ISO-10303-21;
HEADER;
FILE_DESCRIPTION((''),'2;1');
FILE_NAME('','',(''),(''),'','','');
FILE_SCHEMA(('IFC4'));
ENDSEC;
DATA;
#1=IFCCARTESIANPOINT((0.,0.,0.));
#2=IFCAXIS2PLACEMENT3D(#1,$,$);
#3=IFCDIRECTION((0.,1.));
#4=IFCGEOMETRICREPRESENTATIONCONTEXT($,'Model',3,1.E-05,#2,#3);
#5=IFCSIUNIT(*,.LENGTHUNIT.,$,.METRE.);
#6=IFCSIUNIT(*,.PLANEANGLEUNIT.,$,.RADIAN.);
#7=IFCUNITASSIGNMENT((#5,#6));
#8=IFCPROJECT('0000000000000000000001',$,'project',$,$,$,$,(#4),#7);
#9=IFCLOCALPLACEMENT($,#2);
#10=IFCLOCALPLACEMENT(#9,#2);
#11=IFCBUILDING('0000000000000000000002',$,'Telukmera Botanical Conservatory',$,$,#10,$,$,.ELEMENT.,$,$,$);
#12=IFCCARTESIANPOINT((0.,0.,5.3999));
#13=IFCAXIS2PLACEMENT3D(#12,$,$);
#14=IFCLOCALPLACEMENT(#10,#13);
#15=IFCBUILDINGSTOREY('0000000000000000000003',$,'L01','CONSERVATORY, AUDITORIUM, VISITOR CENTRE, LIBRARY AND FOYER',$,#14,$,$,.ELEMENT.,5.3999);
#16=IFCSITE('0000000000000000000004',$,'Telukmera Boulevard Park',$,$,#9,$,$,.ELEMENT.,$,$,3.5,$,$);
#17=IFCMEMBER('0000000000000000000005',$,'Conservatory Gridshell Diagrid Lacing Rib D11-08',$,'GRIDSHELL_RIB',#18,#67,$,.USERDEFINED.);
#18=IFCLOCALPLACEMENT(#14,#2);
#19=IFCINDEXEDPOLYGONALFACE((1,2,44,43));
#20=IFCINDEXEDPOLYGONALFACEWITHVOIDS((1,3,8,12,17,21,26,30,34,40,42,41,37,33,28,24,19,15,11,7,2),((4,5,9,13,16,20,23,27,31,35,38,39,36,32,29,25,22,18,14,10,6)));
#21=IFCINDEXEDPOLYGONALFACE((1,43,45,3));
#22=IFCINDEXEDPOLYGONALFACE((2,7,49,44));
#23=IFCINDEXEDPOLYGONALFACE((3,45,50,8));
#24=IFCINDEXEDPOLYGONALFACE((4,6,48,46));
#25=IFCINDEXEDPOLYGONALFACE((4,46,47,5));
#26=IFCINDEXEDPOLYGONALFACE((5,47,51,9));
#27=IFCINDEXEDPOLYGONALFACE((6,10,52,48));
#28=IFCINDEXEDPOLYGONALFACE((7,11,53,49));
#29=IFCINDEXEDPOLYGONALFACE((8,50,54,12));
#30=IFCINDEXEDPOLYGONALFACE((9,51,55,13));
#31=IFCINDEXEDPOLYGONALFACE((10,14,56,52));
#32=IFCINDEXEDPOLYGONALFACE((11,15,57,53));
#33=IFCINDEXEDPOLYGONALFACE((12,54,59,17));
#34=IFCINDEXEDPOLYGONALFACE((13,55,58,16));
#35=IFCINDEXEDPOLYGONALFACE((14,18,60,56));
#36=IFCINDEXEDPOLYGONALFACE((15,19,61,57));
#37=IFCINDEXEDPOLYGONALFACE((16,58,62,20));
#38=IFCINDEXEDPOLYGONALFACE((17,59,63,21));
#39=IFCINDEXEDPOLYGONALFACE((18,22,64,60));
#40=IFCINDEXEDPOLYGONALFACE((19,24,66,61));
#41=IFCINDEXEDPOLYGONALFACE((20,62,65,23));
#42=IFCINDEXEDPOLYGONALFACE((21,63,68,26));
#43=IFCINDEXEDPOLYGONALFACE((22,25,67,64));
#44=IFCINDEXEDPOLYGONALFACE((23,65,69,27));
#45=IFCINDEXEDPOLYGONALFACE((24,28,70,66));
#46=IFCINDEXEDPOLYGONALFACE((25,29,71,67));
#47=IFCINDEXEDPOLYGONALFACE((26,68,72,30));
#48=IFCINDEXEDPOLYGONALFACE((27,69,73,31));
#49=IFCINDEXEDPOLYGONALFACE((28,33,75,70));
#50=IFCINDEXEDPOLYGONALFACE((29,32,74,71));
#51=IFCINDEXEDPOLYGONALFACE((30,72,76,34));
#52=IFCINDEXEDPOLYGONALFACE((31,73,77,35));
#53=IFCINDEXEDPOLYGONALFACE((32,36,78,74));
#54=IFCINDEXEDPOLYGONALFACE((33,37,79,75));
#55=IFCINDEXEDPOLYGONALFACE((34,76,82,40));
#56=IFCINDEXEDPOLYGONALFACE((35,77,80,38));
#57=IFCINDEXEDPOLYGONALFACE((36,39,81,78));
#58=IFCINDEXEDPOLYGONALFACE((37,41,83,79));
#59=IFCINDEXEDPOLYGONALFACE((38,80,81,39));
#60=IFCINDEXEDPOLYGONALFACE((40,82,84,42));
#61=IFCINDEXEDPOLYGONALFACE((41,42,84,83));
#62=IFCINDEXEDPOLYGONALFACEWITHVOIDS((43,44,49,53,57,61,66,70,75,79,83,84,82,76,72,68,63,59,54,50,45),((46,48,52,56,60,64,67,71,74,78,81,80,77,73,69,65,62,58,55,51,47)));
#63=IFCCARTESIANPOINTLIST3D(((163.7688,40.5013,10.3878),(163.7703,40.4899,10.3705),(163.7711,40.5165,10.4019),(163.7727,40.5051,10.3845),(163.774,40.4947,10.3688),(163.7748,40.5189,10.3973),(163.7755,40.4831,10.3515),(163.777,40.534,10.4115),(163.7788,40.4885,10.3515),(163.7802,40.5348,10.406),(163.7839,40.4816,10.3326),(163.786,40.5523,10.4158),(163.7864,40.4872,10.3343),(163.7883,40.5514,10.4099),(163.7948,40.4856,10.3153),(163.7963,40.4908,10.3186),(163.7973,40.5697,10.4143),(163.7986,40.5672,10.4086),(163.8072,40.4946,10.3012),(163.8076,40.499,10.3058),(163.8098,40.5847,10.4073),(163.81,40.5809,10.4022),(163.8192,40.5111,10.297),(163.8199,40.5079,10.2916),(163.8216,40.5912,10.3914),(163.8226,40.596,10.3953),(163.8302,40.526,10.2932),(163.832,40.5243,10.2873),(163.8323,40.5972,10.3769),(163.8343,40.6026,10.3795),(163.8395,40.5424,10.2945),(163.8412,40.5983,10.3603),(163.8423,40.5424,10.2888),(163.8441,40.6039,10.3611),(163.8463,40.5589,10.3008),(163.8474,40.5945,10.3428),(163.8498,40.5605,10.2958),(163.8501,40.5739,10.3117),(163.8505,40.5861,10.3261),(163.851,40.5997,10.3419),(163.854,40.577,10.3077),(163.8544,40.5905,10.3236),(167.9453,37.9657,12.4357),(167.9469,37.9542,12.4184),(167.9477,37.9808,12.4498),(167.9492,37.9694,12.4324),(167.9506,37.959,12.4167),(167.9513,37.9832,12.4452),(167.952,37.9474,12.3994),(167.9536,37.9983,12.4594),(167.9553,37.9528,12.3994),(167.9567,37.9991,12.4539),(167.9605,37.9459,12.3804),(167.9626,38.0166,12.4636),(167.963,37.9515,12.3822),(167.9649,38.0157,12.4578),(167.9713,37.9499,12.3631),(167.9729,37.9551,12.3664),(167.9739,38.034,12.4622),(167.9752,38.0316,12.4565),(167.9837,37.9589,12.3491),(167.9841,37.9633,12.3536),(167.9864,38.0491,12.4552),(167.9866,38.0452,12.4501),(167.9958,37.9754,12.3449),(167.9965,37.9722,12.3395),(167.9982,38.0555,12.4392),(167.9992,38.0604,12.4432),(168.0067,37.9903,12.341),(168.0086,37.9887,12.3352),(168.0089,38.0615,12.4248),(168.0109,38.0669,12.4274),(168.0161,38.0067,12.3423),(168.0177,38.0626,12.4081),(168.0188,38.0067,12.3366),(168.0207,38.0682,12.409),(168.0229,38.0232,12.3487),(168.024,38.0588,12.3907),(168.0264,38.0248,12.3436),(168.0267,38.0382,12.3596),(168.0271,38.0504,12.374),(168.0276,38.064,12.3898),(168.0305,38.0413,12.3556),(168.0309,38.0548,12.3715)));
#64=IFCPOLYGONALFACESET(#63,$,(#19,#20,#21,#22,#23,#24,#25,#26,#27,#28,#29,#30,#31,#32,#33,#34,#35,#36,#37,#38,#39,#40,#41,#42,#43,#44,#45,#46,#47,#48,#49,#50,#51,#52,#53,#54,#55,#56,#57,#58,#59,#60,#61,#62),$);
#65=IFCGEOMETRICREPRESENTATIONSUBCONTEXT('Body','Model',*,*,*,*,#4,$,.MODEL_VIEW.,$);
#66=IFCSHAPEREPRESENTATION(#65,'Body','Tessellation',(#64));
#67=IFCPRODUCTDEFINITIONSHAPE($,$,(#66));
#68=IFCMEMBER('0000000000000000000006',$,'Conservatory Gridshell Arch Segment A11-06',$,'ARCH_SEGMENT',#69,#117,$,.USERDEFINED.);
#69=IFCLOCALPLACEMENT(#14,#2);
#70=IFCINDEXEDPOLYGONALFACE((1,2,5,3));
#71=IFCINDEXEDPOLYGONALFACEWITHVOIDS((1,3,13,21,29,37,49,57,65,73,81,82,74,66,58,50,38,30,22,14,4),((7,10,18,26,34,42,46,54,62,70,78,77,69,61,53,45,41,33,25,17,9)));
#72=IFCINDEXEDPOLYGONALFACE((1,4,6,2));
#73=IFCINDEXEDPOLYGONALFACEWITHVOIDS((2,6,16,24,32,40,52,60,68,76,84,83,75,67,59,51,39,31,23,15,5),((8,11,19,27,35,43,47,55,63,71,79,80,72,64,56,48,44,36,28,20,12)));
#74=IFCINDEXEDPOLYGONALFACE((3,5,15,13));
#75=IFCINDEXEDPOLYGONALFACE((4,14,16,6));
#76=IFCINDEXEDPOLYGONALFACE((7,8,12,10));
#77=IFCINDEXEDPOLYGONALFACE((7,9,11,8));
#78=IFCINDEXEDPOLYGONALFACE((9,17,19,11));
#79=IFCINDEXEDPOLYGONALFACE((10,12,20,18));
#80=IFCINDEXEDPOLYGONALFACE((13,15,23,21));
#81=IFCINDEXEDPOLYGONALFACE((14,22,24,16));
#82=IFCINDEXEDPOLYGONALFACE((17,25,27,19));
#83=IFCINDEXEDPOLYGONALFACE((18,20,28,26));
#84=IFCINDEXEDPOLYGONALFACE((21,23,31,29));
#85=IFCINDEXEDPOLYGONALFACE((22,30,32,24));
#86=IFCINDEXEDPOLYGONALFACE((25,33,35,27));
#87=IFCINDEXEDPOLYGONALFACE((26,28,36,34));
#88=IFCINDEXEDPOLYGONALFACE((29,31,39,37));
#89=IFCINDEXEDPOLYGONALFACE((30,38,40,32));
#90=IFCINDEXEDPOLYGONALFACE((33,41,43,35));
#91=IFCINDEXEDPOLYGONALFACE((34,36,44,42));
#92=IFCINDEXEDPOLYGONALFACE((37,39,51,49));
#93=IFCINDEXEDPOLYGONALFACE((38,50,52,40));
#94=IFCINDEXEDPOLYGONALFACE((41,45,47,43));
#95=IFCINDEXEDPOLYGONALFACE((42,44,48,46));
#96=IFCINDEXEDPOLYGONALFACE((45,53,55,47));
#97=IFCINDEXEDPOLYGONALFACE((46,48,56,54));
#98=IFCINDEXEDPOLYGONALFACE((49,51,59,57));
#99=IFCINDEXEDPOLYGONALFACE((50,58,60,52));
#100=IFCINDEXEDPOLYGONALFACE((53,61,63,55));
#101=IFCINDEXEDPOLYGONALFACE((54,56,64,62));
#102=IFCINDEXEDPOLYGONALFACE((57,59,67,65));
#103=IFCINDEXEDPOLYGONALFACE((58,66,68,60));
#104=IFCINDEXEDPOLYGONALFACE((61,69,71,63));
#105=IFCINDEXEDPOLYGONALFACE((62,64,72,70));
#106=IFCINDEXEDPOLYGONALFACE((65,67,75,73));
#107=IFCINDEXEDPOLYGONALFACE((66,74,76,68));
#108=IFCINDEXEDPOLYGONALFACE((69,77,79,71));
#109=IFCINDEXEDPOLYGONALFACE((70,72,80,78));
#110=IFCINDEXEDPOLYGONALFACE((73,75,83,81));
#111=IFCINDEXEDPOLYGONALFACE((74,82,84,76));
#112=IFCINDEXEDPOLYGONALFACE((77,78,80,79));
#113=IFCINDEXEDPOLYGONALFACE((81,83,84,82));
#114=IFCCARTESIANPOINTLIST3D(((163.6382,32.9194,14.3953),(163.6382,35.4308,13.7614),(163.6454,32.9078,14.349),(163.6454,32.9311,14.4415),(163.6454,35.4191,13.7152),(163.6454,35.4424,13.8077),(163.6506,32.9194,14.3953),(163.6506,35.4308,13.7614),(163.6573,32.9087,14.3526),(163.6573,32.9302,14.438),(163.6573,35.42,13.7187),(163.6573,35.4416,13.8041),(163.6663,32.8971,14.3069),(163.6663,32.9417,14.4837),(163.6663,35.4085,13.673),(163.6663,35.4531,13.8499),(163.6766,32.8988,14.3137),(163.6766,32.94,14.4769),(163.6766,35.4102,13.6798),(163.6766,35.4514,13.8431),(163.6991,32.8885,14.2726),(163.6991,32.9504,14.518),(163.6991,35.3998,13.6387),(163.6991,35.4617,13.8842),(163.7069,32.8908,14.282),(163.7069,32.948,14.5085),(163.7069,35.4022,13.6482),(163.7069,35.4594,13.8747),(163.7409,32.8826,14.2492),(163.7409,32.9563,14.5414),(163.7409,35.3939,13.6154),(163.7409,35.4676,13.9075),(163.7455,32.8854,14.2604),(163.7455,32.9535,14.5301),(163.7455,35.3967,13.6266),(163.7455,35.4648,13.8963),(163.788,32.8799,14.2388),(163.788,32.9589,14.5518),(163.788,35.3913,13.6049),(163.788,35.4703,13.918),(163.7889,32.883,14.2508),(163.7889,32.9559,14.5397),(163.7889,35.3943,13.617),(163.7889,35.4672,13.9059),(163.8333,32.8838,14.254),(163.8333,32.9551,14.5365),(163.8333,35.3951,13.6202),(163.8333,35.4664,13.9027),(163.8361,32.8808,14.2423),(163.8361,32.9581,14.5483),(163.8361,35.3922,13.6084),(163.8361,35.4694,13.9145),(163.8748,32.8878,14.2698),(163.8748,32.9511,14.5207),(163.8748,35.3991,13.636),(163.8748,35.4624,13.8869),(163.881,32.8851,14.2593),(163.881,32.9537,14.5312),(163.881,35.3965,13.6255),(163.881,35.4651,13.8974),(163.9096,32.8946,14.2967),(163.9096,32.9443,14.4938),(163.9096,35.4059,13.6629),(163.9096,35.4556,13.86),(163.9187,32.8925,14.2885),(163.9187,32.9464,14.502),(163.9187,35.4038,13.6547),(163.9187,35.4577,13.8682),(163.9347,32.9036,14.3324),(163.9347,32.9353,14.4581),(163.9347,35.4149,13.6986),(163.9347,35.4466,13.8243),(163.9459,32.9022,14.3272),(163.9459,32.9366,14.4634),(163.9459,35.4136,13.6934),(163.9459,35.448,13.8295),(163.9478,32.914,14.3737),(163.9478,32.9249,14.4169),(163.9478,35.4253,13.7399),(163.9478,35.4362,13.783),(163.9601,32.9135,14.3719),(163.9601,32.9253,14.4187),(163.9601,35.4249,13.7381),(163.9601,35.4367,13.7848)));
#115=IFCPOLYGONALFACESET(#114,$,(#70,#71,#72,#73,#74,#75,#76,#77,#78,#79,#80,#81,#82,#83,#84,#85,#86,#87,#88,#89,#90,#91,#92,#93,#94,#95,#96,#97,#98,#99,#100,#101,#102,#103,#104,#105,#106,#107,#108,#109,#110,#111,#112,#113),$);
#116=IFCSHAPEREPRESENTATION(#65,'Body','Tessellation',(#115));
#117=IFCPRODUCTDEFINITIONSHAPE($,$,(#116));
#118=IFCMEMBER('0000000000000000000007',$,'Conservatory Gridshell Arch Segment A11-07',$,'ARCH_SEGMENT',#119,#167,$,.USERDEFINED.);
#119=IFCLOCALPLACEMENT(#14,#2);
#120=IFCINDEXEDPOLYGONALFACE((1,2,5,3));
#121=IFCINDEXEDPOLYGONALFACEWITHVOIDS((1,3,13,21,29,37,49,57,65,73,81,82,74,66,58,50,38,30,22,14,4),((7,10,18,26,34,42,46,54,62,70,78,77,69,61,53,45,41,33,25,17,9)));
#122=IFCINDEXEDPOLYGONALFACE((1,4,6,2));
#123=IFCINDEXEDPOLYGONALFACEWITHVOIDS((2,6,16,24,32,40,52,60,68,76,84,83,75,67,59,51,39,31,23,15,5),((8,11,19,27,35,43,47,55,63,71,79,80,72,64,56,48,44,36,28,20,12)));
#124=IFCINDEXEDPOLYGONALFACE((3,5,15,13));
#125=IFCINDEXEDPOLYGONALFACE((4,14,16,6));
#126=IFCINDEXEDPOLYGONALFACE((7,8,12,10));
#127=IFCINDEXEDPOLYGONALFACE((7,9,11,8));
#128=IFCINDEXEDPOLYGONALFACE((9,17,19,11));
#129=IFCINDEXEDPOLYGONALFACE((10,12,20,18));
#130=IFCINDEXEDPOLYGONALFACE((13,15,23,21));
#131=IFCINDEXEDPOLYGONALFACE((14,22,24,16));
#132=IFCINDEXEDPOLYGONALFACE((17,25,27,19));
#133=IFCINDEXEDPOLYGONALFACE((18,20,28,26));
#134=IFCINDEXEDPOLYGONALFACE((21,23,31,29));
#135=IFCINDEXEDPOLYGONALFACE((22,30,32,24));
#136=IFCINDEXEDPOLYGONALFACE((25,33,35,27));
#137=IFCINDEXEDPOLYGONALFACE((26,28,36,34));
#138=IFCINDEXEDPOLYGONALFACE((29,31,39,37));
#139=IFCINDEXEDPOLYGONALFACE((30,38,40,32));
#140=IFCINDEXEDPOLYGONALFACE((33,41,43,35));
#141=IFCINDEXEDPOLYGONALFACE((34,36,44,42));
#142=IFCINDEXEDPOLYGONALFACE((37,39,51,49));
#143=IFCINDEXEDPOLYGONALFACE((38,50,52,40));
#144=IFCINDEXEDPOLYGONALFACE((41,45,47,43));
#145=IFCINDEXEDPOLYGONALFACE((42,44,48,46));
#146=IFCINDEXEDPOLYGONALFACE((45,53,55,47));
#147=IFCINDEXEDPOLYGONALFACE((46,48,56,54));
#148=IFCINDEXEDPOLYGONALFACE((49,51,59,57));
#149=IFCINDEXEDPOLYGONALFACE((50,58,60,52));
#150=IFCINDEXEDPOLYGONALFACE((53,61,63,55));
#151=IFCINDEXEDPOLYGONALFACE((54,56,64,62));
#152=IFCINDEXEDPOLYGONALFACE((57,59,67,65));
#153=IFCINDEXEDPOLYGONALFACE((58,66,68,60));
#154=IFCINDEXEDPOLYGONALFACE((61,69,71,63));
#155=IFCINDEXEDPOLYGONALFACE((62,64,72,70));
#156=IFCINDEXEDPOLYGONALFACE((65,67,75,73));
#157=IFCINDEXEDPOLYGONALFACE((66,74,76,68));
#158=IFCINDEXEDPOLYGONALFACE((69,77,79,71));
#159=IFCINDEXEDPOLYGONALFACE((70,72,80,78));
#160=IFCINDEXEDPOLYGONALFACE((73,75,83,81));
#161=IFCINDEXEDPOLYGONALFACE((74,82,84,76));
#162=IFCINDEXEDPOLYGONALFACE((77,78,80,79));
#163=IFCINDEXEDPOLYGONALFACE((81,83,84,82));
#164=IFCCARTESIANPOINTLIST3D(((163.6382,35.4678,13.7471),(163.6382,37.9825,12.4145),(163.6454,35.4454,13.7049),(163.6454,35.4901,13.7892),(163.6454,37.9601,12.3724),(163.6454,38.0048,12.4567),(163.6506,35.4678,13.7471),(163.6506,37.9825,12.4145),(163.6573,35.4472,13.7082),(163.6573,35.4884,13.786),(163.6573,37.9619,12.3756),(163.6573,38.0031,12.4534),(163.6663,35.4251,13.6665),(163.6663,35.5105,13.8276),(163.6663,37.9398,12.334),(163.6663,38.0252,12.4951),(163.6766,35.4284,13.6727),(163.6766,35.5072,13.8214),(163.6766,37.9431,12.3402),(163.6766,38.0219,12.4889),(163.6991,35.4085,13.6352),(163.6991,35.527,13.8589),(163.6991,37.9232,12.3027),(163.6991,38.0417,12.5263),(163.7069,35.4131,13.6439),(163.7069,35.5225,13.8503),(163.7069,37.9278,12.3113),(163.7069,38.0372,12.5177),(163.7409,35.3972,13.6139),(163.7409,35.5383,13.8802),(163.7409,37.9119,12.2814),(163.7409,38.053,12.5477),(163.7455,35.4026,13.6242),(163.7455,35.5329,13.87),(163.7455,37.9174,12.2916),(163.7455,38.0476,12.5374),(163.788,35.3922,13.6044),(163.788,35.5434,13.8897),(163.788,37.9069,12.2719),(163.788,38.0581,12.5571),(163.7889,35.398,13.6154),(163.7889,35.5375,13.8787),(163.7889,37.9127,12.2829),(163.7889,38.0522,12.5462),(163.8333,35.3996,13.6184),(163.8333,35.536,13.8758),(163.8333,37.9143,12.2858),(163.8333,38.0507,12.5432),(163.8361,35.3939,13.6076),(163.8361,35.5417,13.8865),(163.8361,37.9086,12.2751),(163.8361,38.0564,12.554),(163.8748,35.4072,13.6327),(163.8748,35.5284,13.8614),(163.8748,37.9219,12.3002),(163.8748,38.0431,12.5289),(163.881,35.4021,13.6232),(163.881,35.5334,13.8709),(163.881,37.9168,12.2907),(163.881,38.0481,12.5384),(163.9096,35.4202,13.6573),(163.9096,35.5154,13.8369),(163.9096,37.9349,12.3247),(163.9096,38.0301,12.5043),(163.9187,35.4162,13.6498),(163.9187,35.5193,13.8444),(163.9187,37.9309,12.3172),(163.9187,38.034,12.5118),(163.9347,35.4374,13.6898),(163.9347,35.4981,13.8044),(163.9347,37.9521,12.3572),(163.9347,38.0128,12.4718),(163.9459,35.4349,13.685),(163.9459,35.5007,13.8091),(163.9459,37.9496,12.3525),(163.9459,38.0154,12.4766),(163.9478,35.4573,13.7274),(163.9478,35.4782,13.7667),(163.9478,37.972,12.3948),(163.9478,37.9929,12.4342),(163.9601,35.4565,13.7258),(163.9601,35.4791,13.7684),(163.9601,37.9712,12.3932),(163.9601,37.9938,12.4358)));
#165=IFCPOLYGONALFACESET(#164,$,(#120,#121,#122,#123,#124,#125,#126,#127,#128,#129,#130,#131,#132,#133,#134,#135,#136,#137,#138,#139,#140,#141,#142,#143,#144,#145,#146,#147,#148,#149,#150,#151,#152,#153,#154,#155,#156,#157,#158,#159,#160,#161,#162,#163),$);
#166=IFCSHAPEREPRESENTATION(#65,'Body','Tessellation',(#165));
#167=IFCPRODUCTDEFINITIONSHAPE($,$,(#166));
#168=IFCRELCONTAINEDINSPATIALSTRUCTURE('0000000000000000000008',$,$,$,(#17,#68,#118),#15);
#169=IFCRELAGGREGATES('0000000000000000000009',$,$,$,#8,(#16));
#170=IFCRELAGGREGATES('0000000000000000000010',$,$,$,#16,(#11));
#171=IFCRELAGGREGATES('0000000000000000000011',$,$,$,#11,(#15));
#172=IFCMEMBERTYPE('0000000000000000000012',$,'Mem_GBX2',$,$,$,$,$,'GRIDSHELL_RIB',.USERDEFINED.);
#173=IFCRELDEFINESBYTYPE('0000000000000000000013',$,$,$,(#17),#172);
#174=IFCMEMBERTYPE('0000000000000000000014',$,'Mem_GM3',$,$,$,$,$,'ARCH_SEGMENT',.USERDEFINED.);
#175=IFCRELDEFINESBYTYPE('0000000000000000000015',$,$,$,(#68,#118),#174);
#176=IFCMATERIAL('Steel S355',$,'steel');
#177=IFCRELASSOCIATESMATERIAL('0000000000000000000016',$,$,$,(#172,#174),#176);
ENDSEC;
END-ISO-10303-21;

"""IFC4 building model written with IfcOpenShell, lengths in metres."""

from ifc_helpers import new_model, si_unit, direction, frame, origin, origin_2d, place, context, subcontext, project, spatial, hollow_circle, extrude, material, material_profile, profile_set, type_object, element, save


model = new_model("IFC4")

# Units and contexts
model_context = context("Model", 3, precision=1e-05, world=origin(), true_north=direction((0.0, 1.0)))
body_context = subcontext(model_context, "Body", "Model", "MODEL_VIEW")
ifc_project = project(units=[si_unit("LENGTHUNIT", "METRE"), si_unit("PLANEANGLEUNIT", "RADIAN")], contexts=[model_context])

# Site, building, storey
site_placement = place(None, origin())
site = spatial("IfcSite", under=ifc_project, at=site_placement, Name="Telukmera Boulevard Park", CompositionType="ELEMENT", RefElevation=3.5)
building_placement = place(site_placement, origin())
building = spatial("IfcBuilding", under=site, at=building_placement, Name="Telukmera Botanical Conservatory", CompositionType="ELEMENT")
storey_placement = place(building_placement, frame((0.0, 0.0, 5.3999)))
storey = spatial("IfcBuildingStorey", under=building, at=storey_placement, Name="L01", Description="CONSERVATORY, AUDITORIUM, VISITOR CENTRE, LIBRARY AND FOYER", CompositionType="ELEMENT", Elevation=5.3999)

# Shared definitions
ifc_material = material(Name="Steel S355", Category="steel")

# Members
ifc_material_profile_1 = material_profile(ifc_material, hollow_circle(Radius=0.0698, WallThickness=0.0063, at=origin_2d()), Name="CHS 139.7x6.3")
ifc_profile_set_1 = profile_set([ifc_material_profile_1], Name="Steel S355")
member_type_1 = type_object("IfcMemberType", Name="Mem_GBX2", ElementType="GRIDSHELL_RIB", PredefinedType="USERDEFINED", material=ifc_profile_set_1)
member_1_placement = place(storey_placement, frame((167.9883, 38.0071, 12.3994), z_axis=(-0.788352, 0.478624, -0.386549), x_axis=(-0.518964, -0.854796, 0.0)))
element("IfcMember", 1, at=member_1_placement, inside=storey, type_object=member_type_1, Name="Conservatory Gridshell Diagrid Lacing Rib D11-08", ObjectType="GRIDSHELL_RIB", PredefinedType="USERDEFINED", context=body_context, shape_type="SweptSolid", body=[
    extrude(hollow_circle(Radius=0.0698, WallThickness=0.0063, at=origin_2d()), origin(), (0.0, 0.0, 1.0), 5.2979),
])
ifc_material_profile_2 = material_profile(ifc_material, hollow_circle(Radius=0.1619, WallThickness=0.0125, at=origin_2d()), Name="CHS 323.9x12.5")
ifc_profile_set_2 = profile_set([ifc_material_profile_2], Name="Steel S355")
member_type_2 = type_object("IfcMemberType", Name="Mem_GM3", ElementType="ARCH_SEGMENT", PredefinedType="USERDEFINED", material=ifc_profile_set_2)
member_2_placement = place(storey_placement, frame((163.8, 32.9194, 14.3953), z_axis=(0.0, 0.969597, -0.244709), x_axis=(-1.0, 0.0, 0.0)))
element("IfcMember", 2, at=member_2_placement, inside=storey, type_object=member_type_2, Name="Conservatory Gridshell Arch Segment A11-06", ObjectType="ARCH_SEGMENT", PredefinedType="USERDEFINED", context=body_context, shape_type="SweptSolid", body=[
    extrude(hollow_circle(Radius=0.1619, WallThickness=0.0125, at=origin_2d()), origin(), (0.0, 0.0, 1.0), 2.5901),
])
member_3_placement = place(storey_placement, frame((163.8, 35.4678, 13.7471), z_axis=(0.0, 0.883608, -0.468227), x_axis=(-1.0, 0.0, 0.0)))
element("IfcMember", 3, at=member_3_placement, inside=storey, type_object=member_type_2, Name="Conservatory Gridshell Arch Segment A11-07", ObjectType="ARCH_SEGMENT", PredefinedType="USERDEFINED", context=body_context, shape_type="SweptSolid", body=[
    extrude(hollow_circle(Radius=0.1619, WallThickness=0.0125, at=origin_2d()), origin(), (0.0, 0.0, 1.0), 2.8459),
])

save(model, "model.ifc")
